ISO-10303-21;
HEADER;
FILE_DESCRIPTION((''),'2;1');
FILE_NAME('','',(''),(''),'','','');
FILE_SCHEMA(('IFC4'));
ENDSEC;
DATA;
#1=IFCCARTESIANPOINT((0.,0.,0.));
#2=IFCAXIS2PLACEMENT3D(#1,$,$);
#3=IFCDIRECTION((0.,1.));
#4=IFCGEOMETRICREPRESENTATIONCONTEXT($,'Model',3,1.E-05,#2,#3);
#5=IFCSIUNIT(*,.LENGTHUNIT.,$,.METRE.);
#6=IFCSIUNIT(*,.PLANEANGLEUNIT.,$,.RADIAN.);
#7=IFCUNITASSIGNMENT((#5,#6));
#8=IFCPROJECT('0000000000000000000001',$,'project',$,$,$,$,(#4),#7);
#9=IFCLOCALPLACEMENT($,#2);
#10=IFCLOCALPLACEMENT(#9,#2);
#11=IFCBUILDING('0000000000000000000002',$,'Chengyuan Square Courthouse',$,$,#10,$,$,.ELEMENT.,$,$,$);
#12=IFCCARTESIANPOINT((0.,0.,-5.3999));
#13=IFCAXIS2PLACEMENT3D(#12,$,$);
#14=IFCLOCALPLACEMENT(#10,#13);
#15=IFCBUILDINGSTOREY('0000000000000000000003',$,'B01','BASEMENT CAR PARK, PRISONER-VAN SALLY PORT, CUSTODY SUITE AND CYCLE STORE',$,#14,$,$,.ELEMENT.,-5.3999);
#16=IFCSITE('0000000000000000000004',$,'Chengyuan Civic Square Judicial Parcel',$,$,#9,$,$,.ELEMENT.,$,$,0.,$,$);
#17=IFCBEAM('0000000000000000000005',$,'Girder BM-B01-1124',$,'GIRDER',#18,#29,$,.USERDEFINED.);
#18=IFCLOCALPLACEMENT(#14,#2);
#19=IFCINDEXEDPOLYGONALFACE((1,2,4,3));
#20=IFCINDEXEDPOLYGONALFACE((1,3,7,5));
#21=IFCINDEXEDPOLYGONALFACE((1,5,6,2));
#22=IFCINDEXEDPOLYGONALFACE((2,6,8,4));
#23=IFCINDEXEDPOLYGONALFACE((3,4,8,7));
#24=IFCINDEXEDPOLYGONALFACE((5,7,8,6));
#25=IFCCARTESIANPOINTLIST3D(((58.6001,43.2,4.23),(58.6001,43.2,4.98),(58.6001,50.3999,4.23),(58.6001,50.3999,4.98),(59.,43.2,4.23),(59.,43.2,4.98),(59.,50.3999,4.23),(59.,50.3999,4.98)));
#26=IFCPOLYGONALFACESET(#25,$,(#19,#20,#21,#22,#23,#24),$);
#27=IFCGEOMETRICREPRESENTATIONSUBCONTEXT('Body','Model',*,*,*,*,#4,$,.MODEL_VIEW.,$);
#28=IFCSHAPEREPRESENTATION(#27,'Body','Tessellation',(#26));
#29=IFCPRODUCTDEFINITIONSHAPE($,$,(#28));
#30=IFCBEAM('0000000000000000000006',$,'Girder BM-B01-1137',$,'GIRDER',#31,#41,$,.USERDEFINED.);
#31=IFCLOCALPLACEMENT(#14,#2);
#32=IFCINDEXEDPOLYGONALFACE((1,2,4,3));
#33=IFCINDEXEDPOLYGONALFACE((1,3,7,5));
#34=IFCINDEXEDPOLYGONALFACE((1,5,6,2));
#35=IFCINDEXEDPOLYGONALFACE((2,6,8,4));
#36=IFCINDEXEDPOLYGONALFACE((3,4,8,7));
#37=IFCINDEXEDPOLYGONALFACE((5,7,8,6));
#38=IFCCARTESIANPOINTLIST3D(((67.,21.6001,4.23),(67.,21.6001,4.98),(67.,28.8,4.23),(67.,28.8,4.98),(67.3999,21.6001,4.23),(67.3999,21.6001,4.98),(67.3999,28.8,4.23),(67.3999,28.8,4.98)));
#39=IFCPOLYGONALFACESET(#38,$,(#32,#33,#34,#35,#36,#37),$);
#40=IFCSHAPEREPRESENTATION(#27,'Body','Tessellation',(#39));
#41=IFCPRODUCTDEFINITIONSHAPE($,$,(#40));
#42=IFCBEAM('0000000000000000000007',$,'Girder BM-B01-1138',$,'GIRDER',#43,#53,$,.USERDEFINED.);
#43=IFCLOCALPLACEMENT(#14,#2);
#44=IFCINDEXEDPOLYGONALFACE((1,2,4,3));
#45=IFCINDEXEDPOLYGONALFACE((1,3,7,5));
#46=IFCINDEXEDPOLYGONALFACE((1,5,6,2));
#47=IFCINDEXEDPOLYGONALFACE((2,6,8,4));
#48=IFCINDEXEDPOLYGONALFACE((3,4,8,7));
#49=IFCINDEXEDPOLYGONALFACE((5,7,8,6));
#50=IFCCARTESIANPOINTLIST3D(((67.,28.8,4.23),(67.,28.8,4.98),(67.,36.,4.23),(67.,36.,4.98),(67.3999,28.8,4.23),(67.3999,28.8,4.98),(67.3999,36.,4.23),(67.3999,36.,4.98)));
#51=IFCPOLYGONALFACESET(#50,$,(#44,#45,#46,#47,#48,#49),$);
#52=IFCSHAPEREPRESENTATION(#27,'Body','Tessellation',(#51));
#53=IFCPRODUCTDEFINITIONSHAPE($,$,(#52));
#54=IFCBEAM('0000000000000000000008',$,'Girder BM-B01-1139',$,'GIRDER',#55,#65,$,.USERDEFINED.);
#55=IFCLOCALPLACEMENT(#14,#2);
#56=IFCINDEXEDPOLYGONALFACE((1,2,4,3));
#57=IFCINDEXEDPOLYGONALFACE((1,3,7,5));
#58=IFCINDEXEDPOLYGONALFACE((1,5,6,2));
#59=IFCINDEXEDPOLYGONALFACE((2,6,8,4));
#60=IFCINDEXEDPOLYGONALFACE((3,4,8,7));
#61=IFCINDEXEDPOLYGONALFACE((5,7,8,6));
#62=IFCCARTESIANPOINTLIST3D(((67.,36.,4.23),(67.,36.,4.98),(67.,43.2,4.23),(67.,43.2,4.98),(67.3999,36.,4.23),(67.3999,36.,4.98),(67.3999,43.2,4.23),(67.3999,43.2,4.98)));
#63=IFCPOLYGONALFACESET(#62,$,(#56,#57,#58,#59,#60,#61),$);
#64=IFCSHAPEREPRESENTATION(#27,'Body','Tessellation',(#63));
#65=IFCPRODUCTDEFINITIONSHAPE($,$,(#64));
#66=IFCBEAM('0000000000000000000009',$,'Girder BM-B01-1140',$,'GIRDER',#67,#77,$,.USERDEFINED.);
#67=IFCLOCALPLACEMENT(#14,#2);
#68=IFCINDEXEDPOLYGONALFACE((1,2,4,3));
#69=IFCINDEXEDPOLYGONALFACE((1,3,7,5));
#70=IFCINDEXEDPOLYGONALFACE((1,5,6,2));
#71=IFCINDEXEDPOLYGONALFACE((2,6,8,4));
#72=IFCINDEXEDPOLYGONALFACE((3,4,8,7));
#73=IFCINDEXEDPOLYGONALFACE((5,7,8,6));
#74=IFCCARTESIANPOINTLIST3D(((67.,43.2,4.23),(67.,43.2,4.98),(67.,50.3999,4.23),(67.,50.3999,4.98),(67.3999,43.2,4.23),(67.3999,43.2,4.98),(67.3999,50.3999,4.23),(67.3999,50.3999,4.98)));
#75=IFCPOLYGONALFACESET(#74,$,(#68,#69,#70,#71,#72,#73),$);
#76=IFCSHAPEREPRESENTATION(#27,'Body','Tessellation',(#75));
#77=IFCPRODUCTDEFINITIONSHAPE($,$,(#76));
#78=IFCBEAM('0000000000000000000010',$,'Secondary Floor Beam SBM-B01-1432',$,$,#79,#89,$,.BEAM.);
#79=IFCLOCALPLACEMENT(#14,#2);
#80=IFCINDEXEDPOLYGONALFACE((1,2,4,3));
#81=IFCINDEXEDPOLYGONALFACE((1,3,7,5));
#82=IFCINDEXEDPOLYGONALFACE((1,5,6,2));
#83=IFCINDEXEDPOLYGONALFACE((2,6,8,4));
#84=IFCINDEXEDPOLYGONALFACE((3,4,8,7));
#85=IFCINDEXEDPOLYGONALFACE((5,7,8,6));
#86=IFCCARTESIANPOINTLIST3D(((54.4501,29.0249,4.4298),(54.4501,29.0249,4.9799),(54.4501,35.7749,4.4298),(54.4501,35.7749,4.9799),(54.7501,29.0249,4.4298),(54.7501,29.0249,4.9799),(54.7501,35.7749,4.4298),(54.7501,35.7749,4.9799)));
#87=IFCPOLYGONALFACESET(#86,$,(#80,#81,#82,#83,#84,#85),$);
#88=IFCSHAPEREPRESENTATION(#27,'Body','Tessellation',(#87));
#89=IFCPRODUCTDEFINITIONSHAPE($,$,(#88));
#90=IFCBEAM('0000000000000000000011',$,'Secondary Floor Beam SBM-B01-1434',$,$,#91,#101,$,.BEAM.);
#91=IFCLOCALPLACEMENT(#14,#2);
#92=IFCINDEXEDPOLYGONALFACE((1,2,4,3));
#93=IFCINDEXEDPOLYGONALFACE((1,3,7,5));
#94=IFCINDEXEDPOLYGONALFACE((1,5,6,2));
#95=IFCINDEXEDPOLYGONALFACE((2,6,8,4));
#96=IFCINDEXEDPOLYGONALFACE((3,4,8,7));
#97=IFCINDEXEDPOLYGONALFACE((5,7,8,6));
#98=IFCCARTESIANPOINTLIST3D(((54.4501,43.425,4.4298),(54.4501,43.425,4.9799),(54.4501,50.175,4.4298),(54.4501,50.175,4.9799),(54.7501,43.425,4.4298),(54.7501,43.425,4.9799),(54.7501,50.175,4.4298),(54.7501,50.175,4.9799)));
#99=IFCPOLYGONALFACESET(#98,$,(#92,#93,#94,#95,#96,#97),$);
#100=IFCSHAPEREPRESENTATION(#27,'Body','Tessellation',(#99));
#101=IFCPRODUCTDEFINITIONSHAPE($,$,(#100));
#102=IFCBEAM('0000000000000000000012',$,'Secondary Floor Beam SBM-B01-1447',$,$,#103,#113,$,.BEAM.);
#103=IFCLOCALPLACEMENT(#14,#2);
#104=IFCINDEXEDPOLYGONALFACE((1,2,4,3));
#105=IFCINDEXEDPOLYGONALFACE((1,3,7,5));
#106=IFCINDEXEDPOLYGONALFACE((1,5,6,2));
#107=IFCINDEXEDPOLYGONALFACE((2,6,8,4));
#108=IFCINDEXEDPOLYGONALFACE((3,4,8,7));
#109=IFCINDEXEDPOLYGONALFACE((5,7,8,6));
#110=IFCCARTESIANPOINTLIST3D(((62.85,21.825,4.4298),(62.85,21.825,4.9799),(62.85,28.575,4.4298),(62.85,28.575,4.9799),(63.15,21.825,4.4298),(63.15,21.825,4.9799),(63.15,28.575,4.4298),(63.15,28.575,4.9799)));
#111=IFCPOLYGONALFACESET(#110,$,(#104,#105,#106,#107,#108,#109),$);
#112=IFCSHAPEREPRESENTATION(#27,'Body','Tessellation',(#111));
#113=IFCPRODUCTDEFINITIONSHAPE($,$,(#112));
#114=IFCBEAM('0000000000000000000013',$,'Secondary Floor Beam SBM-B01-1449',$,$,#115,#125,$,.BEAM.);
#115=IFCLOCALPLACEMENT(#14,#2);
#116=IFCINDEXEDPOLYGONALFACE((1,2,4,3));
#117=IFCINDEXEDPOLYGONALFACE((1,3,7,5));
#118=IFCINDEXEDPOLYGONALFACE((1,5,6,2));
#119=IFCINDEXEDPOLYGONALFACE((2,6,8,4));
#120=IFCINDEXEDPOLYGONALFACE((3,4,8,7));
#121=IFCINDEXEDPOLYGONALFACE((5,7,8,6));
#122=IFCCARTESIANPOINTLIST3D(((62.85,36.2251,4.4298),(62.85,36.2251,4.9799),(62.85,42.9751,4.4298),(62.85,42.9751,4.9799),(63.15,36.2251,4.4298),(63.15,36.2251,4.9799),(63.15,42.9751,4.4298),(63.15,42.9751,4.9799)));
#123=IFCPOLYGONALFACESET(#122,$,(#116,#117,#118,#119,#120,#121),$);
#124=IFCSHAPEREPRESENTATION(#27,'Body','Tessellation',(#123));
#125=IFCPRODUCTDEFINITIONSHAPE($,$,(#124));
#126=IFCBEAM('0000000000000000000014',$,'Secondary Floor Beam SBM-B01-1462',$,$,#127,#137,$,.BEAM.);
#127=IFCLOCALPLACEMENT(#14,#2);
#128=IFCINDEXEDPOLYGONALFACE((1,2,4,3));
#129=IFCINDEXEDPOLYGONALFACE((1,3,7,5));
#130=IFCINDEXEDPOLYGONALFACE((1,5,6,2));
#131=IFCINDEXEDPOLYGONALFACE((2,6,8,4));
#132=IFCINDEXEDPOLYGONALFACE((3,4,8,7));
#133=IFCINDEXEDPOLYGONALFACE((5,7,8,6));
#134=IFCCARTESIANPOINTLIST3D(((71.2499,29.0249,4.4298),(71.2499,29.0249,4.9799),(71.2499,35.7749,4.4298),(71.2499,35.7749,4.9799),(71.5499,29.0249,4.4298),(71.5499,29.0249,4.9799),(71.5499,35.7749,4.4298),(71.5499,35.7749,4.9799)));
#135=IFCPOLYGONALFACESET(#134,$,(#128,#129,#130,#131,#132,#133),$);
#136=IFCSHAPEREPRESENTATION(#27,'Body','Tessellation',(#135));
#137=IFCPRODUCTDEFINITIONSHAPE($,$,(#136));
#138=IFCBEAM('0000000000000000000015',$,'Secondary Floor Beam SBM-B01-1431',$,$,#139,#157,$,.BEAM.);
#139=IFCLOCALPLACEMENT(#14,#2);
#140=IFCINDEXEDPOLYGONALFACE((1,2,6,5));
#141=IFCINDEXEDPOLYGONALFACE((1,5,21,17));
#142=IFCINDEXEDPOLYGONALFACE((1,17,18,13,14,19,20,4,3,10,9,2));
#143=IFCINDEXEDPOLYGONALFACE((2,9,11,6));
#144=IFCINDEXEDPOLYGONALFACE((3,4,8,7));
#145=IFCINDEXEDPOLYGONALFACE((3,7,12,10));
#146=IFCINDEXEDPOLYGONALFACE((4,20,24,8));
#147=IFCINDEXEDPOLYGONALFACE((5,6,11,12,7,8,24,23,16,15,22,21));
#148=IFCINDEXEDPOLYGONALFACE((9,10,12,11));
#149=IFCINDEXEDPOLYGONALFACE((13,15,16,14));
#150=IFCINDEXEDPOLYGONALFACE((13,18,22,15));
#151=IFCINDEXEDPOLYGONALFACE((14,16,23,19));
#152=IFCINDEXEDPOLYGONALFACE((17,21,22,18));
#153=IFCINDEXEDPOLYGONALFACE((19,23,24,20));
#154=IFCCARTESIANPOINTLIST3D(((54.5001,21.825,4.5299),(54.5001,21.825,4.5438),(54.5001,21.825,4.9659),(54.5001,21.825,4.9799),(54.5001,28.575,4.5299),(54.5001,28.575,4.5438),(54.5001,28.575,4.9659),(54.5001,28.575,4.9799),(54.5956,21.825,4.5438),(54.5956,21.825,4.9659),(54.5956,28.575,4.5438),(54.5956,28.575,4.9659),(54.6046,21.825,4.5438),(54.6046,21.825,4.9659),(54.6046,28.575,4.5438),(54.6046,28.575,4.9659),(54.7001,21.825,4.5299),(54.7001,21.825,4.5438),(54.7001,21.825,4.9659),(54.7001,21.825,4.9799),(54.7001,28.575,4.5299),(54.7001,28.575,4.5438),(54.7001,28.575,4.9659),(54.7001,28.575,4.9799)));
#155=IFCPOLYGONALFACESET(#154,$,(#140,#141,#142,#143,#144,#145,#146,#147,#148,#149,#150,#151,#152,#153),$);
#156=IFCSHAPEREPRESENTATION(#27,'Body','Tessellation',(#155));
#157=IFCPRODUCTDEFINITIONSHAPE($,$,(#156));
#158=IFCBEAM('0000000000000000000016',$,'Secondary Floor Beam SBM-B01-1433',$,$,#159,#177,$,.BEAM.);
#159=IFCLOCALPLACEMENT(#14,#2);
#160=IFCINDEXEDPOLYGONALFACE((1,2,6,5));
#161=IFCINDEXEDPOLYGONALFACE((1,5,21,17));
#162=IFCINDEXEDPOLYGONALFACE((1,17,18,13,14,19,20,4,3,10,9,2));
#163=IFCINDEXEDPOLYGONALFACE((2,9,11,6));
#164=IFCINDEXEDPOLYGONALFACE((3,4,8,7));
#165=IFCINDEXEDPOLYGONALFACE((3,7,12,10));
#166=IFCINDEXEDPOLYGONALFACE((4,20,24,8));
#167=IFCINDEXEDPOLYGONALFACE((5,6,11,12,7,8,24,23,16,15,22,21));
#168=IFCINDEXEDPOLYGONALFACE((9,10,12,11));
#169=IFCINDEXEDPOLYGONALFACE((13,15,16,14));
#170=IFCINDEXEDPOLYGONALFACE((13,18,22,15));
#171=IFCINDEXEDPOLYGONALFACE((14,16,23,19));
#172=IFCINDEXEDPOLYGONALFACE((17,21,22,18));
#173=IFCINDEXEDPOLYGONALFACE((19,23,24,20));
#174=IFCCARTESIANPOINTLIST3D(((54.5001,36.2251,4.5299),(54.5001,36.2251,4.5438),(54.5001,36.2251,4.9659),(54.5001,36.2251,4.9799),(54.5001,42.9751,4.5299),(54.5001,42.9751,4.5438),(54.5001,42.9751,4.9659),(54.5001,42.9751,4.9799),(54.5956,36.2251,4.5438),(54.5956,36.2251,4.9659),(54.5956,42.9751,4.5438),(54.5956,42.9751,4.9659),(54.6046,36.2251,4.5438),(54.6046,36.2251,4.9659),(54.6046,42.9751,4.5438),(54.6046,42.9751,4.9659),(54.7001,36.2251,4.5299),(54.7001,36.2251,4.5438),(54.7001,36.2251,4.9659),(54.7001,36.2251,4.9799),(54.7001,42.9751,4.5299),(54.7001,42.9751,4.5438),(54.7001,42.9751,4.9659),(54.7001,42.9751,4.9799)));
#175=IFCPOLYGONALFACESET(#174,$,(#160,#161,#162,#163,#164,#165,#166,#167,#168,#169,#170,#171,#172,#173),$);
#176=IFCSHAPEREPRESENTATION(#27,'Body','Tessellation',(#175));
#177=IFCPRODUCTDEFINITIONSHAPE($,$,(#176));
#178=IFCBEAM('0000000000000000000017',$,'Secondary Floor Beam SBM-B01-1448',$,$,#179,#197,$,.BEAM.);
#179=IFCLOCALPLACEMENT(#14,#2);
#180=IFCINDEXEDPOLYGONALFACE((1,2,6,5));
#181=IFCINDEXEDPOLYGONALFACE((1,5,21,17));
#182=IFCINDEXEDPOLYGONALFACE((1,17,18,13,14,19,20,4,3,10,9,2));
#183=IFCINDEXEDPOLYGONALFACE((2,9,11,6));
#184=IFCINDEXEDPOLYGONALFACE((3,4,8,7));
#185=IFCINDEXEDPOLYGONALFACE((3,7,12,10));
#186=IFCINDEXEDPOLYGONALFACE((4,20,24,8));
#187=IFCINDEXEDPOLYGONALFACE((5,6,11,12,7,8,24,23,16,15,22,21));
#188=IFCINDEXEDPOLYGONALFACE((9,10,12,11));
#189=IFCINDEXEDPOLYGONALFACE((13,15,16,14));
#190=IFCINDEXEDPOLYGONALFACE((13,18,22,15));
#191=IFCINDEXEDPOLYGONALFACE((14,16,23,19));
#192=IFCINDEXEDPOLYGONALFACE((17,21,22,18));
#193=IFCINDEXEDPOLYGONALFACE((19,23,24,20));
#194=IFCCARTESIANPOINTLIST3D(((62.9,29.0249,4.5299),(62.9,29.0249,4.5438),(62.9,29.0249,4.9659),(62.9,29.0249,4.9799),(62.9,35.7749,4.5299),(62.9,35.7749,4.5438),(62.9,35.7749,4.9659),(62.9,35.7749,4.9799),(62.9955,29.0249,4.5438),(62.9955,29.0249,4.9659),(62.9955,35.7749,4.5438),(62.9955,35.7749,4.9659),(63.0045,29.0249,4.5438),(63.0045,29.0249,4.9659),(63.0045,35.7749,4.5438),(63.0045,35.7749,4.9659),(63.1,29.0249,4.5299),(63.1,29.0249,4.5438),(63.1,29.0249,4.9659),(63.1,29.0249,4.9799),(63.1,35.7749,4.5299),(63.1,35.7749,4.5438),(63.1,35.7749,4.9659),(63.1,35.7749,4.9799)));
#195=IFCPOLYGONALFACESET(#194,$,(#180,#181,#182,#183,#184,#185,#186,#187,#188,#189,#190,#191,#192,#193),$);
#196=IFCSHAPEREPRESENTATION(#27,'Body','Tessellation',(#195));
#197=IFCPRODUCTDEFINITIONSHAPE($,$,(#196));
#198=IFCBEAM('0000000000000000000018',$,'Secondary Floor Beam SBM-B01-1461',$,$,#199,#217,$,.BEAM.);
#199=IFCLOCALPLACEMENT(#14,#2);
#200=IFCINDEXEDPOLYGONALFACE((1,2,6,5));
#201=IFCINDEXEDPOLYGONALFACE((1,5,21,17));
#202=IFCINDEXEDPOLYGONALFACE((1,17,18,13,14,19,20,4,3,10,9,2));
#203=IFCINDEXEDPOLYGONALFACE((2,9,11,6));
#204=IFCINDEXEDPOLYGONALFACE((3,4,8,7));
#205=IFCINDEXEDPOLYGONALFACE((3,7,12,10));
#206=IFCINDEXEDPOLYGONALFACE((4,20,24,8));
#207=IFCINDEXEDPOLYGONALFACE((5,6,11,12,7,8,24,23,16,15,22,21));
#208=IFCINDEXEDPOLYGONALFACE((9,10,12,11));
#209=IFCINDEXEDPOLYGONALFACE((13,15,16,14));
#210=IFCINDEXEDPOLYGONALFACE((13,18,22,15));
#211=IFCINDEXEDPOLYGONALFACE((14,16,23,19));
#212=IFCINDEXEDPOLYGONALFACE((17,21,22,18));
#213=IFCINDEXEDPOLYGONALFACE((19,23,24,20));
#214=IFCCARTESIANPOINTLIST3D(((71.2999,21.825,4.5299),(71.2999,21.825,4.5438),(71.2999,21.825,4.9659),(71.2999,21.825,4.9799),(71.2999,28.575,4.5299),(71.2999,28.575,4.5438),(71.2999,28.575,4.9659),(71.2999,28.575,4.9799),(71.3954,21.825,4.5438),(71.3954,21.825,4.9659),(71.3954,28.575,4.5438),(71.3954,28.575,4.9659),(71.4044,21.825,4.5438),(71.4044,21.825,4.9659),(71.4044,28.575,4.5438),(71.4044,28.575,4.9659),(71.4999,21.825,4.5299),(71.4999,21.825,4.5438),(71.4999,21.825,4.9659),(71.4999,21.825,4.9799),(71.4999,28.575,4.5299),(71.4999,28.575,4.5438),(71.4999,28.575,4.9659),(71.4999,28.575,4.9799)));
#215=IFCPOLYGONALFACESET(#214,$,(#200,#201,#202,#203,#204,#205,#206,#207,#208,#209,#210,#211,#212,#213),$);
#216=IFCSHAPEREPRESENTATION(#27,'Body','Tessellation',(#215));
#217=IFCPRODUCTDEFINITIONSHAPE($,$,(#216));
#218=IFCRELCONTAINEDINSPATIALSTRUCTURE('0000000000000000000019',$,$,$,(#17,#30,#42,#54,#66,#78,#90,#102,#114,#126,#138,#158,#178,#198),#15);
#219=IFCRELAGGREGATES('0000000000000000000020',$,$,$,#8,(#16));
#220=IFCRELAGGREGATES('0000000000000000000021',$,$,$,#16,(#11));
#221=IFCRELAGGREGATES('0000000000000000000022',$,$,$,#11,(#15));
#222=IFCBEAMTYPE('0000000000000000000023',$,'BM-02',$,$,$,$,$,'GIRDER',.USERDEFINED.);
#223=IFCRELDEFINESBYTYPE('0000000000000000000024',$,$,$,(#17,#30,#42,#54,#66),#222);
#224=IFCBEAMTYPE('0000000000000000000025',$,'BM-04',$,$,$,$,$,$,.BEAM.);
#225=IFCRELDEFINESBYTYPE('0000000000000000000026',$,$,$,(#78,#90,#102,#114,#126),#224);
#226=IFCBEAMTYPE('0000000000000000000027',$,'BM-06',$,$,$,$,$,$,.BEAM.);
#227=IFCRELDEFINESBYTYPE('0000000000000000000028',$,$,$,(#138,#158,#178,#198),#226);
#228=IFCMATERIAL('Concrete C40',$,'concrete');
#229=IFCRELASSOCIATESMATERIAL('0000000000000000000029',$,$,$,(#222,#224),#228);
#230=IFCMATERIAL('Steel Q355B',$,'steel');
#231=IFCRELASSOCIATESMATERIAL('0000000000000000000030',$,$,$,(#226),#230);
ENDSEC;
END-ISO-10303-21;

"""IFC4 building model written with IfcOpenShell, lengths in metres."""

from ifc_helpers import new_model, si_unit, direction, frame, origin, origin_2d, place, context, subcontext, project, spatial, rectangle, i_section, extrude, material, material_profile, profile_set, type_object, element, save


model = new_model("IFC4")

# Units and contexts
model_context = context("Model", 3, precision=1e-05, world=origin(), true_north=direction((0.0, 1.0)))
body_context = subcontext(model_context, "Body", "Model", "MODEL_VIEW")
ifc_project = project(units=[si_unit("LENGTHUNIT", "METRE"), si_unit("PLANEANGLEUNIT", "RADIAN")], contexts=[model_context])

# Site, building, storey
site_placement = place(None, origin())
site = spatial("IfcSite", under=ifc_project, at=site_placement, Name="Chengyuan Civic Square Judicial Parcel", CompositionType="ELEMENT", RefElevation=0.0)
building_placement = place(site_placement, origin())
building = spatial("IfcBuilding", under=site, at=building_placement, Name="Chengyuan Square Courthouse", CompositionType="ELEMENT")
storey_placement = place(building_placement, frame((0.0, 0.0, -5.3999)))
storey = spatial("IfcBuildingStorey", under=building, at=storey_placement, Name="B01", Description="BASEMENT CAR PARK, PRISONER-VAN SALLY PORT, CUSTODY SUITE AND CYCLE STORE", CompositionType="ELEMENT", Elevation=-5.3999)

# Beams
ifc_material_1 = material(Name="Concrete C40", Category="concrete")
ifc_material_profile_1 = material_profile(ifc_material_1, rectangle(XDim=0.3999, YDim=0.75, at=origin_2d()), Name="RC-BM-400x750")
ifc_profile_set_1 = profile_set([ifc_material_profile_1], Name="Concrete C40")
beam_type_1 = type_object("IfcBeamType", Name="BM-02", ElementType="GIRDER", PredefinedType="USERDEFINED", material=ifc_profile_set_1)
for number, where, z_axis, x_axis, name in (
    (1, (58.8, 43.2, 4.605), (0.0, 1.0, 0.0), (-1.0, 0.0, 0.0), "Girder BM-B01-1124"),
    (2, (67.2, 21.6001, 4.605), (0.0, 1.0, 0.0), (-1.0, 0.0, 0.0), "Girder BM-B01-1137"),
    (3, (67.2, 28.8, 4.605), (0.0, 1.0, 0.0), (-1.0, 0.0, 0.0), "Girder BM-B01-1138"),
    (4, (67.2, 36.0, 4.605), (0.0, 1.0, 0.0), (-1.0, 0.0, 0.0), "Girder BM-B01-1139"),
    (5, (67.2, 43.2, 4.605), (0.0, 1.0, 0.0), (-1.0, 0.0, 0.0), "Girder BM-B01-1140"),
):
    element("IfcBeam", number, at=place(storey_placement, frame(where, z_axis=z_axis, x_axis=x_axis)), inside=storey, type_object=beam_type_1, Name=name, ObjectType="GIRDER", PredefinedType="USERDEFINED", context=body_context, shape_type="SweptSolid", body=[
        extrude(rectangle(XDim=0.3999, YDim=0.75, at=origin_2d()), origin(), (0.0, 0.0, 1.0), 7.2),
    ])
ifc_material_profile_2 = material_profile(ifc_material_1, rectangle(XDim=0.3, YDim=0.55, at=origin_2d()), Name="RC-BM-300x550")
ifc_profile_set_2 = profile_set([ifc_material_profile_2], Name="Concrete C40")
beam_type_2 = type_object("IfcBeamType", Name="BM-04", PredefinedType="BEAM", material=ifc_profile_set_2)
for number, where, z_axis, x_axis, name in (
    (6, (54.6001, 29.0249, 4.7048), (0.0, 1.0, 0.0), (-1.0, 0.0, 0.0), "Secondary Floor Beam SBM-B01-1432"),
    (7, (54.6001, 43.425, 4.7048), (0.0, 1.0, 0.0), (-1.0, 0.0, 0.0), "Secondary Floor Beam SBM-B01-1434"),
    (8, (63.0, 21.825, 4.7048), (0.0, 1.0, 0.0), (-1.0, 0.0, 0.0), "Secondary Floor Beam SBM-B01-1447"),
    (9, (63.0, 36.2251, 4.7048), (0.0, 1.0, 0.0), (-1.0, 0.0, 0.0), "Secondary Floor Beam SBM-B01-1449"),
    (10, (71.3999, 29.0249, 4.7048), (0.0, 1.0, 0.0), (-1.0, 0.0, 0.0), "Secondary Floor Beam SBM-B01-1462"),
):
    element("IfcBeam", number, at=place(storey_placement, frame(where, z_axis=z_axis, x_axis=x_axis)), inside=storey, type_object=beam_type_2, Name=name, PredefinedType="BEAM", context=body_context, shape_type="SweptSolid", body=[
        extrude(rectangle(XDim=0.3, YDim=0.55, at=origin_2d()), origin(), (0.0, 0.0, 1.0), 6.75),
    ])
ifc_material_2 = material(Name="Steel Q355B", Category="steel")
ifc_material_profile_3 = material_profile(ifc_material_2, i_section(OverallWidth=0.2, OverallDepth=0.45, WebThickness=0.009, FlangeThickness=0.0139, at=origin_2d()), Name="HN 450x200x9x14")
ifc_profile_set_3 = profile_set([ifc_material_profile_3], Name="Steel Q355B")
beam_type_3 = type_object("IfcBeamType", Name="BM-06", PredefinedType="BEAM", material=ifc_profile_set_3)
for number, where, z_axis, x_axis, name in (
    (11, (54.6001, 21.825, 4.7549), (0.0, 1.0, 0.0), (-1.0, 0.0, 0.0), "Secondary Floor Beam SBM-B01-1431"),
    (12, (54.6001, 36.2251, 4.7549), (0.0, 1.0, 0.0), (-1.0, 0.0, 0.0), "Secondary Floor Beam SBM-B01-1433"),
    (13, (63.0, 29.0249, 4.7549), (0.0, 1.0, 0.0), (-1.0, 0.0, 0.0), "Secondary Floor Beam SBM-B01-1448"),
    (14, (71.3999, 21.825, 4.7549), (0.0, 1.0, 0.0), (-1.0, 0.0, 0.0), "Secondary Floor Beam SBM-B01-1461"),
):
    element("IfcBeam", number, at=place(storey_placement, frame(where, z_axis=z_axis, x_axis=x_axis)), inside=storey, type_object=beam_type_3, Name=name, PredefinedType="BEAM", context=body_context, shape_type="SweptSolid", body=[
        extrude(i_section(OverallWidth=0.2, OverallDepth=0.45, WebThickness=0.009, FlangeThickness=0.0139, at=origin_2d()), origin(), (0.0, 0.0, 1.0), 6.75),
    ])

save(model, "model.ifc")
